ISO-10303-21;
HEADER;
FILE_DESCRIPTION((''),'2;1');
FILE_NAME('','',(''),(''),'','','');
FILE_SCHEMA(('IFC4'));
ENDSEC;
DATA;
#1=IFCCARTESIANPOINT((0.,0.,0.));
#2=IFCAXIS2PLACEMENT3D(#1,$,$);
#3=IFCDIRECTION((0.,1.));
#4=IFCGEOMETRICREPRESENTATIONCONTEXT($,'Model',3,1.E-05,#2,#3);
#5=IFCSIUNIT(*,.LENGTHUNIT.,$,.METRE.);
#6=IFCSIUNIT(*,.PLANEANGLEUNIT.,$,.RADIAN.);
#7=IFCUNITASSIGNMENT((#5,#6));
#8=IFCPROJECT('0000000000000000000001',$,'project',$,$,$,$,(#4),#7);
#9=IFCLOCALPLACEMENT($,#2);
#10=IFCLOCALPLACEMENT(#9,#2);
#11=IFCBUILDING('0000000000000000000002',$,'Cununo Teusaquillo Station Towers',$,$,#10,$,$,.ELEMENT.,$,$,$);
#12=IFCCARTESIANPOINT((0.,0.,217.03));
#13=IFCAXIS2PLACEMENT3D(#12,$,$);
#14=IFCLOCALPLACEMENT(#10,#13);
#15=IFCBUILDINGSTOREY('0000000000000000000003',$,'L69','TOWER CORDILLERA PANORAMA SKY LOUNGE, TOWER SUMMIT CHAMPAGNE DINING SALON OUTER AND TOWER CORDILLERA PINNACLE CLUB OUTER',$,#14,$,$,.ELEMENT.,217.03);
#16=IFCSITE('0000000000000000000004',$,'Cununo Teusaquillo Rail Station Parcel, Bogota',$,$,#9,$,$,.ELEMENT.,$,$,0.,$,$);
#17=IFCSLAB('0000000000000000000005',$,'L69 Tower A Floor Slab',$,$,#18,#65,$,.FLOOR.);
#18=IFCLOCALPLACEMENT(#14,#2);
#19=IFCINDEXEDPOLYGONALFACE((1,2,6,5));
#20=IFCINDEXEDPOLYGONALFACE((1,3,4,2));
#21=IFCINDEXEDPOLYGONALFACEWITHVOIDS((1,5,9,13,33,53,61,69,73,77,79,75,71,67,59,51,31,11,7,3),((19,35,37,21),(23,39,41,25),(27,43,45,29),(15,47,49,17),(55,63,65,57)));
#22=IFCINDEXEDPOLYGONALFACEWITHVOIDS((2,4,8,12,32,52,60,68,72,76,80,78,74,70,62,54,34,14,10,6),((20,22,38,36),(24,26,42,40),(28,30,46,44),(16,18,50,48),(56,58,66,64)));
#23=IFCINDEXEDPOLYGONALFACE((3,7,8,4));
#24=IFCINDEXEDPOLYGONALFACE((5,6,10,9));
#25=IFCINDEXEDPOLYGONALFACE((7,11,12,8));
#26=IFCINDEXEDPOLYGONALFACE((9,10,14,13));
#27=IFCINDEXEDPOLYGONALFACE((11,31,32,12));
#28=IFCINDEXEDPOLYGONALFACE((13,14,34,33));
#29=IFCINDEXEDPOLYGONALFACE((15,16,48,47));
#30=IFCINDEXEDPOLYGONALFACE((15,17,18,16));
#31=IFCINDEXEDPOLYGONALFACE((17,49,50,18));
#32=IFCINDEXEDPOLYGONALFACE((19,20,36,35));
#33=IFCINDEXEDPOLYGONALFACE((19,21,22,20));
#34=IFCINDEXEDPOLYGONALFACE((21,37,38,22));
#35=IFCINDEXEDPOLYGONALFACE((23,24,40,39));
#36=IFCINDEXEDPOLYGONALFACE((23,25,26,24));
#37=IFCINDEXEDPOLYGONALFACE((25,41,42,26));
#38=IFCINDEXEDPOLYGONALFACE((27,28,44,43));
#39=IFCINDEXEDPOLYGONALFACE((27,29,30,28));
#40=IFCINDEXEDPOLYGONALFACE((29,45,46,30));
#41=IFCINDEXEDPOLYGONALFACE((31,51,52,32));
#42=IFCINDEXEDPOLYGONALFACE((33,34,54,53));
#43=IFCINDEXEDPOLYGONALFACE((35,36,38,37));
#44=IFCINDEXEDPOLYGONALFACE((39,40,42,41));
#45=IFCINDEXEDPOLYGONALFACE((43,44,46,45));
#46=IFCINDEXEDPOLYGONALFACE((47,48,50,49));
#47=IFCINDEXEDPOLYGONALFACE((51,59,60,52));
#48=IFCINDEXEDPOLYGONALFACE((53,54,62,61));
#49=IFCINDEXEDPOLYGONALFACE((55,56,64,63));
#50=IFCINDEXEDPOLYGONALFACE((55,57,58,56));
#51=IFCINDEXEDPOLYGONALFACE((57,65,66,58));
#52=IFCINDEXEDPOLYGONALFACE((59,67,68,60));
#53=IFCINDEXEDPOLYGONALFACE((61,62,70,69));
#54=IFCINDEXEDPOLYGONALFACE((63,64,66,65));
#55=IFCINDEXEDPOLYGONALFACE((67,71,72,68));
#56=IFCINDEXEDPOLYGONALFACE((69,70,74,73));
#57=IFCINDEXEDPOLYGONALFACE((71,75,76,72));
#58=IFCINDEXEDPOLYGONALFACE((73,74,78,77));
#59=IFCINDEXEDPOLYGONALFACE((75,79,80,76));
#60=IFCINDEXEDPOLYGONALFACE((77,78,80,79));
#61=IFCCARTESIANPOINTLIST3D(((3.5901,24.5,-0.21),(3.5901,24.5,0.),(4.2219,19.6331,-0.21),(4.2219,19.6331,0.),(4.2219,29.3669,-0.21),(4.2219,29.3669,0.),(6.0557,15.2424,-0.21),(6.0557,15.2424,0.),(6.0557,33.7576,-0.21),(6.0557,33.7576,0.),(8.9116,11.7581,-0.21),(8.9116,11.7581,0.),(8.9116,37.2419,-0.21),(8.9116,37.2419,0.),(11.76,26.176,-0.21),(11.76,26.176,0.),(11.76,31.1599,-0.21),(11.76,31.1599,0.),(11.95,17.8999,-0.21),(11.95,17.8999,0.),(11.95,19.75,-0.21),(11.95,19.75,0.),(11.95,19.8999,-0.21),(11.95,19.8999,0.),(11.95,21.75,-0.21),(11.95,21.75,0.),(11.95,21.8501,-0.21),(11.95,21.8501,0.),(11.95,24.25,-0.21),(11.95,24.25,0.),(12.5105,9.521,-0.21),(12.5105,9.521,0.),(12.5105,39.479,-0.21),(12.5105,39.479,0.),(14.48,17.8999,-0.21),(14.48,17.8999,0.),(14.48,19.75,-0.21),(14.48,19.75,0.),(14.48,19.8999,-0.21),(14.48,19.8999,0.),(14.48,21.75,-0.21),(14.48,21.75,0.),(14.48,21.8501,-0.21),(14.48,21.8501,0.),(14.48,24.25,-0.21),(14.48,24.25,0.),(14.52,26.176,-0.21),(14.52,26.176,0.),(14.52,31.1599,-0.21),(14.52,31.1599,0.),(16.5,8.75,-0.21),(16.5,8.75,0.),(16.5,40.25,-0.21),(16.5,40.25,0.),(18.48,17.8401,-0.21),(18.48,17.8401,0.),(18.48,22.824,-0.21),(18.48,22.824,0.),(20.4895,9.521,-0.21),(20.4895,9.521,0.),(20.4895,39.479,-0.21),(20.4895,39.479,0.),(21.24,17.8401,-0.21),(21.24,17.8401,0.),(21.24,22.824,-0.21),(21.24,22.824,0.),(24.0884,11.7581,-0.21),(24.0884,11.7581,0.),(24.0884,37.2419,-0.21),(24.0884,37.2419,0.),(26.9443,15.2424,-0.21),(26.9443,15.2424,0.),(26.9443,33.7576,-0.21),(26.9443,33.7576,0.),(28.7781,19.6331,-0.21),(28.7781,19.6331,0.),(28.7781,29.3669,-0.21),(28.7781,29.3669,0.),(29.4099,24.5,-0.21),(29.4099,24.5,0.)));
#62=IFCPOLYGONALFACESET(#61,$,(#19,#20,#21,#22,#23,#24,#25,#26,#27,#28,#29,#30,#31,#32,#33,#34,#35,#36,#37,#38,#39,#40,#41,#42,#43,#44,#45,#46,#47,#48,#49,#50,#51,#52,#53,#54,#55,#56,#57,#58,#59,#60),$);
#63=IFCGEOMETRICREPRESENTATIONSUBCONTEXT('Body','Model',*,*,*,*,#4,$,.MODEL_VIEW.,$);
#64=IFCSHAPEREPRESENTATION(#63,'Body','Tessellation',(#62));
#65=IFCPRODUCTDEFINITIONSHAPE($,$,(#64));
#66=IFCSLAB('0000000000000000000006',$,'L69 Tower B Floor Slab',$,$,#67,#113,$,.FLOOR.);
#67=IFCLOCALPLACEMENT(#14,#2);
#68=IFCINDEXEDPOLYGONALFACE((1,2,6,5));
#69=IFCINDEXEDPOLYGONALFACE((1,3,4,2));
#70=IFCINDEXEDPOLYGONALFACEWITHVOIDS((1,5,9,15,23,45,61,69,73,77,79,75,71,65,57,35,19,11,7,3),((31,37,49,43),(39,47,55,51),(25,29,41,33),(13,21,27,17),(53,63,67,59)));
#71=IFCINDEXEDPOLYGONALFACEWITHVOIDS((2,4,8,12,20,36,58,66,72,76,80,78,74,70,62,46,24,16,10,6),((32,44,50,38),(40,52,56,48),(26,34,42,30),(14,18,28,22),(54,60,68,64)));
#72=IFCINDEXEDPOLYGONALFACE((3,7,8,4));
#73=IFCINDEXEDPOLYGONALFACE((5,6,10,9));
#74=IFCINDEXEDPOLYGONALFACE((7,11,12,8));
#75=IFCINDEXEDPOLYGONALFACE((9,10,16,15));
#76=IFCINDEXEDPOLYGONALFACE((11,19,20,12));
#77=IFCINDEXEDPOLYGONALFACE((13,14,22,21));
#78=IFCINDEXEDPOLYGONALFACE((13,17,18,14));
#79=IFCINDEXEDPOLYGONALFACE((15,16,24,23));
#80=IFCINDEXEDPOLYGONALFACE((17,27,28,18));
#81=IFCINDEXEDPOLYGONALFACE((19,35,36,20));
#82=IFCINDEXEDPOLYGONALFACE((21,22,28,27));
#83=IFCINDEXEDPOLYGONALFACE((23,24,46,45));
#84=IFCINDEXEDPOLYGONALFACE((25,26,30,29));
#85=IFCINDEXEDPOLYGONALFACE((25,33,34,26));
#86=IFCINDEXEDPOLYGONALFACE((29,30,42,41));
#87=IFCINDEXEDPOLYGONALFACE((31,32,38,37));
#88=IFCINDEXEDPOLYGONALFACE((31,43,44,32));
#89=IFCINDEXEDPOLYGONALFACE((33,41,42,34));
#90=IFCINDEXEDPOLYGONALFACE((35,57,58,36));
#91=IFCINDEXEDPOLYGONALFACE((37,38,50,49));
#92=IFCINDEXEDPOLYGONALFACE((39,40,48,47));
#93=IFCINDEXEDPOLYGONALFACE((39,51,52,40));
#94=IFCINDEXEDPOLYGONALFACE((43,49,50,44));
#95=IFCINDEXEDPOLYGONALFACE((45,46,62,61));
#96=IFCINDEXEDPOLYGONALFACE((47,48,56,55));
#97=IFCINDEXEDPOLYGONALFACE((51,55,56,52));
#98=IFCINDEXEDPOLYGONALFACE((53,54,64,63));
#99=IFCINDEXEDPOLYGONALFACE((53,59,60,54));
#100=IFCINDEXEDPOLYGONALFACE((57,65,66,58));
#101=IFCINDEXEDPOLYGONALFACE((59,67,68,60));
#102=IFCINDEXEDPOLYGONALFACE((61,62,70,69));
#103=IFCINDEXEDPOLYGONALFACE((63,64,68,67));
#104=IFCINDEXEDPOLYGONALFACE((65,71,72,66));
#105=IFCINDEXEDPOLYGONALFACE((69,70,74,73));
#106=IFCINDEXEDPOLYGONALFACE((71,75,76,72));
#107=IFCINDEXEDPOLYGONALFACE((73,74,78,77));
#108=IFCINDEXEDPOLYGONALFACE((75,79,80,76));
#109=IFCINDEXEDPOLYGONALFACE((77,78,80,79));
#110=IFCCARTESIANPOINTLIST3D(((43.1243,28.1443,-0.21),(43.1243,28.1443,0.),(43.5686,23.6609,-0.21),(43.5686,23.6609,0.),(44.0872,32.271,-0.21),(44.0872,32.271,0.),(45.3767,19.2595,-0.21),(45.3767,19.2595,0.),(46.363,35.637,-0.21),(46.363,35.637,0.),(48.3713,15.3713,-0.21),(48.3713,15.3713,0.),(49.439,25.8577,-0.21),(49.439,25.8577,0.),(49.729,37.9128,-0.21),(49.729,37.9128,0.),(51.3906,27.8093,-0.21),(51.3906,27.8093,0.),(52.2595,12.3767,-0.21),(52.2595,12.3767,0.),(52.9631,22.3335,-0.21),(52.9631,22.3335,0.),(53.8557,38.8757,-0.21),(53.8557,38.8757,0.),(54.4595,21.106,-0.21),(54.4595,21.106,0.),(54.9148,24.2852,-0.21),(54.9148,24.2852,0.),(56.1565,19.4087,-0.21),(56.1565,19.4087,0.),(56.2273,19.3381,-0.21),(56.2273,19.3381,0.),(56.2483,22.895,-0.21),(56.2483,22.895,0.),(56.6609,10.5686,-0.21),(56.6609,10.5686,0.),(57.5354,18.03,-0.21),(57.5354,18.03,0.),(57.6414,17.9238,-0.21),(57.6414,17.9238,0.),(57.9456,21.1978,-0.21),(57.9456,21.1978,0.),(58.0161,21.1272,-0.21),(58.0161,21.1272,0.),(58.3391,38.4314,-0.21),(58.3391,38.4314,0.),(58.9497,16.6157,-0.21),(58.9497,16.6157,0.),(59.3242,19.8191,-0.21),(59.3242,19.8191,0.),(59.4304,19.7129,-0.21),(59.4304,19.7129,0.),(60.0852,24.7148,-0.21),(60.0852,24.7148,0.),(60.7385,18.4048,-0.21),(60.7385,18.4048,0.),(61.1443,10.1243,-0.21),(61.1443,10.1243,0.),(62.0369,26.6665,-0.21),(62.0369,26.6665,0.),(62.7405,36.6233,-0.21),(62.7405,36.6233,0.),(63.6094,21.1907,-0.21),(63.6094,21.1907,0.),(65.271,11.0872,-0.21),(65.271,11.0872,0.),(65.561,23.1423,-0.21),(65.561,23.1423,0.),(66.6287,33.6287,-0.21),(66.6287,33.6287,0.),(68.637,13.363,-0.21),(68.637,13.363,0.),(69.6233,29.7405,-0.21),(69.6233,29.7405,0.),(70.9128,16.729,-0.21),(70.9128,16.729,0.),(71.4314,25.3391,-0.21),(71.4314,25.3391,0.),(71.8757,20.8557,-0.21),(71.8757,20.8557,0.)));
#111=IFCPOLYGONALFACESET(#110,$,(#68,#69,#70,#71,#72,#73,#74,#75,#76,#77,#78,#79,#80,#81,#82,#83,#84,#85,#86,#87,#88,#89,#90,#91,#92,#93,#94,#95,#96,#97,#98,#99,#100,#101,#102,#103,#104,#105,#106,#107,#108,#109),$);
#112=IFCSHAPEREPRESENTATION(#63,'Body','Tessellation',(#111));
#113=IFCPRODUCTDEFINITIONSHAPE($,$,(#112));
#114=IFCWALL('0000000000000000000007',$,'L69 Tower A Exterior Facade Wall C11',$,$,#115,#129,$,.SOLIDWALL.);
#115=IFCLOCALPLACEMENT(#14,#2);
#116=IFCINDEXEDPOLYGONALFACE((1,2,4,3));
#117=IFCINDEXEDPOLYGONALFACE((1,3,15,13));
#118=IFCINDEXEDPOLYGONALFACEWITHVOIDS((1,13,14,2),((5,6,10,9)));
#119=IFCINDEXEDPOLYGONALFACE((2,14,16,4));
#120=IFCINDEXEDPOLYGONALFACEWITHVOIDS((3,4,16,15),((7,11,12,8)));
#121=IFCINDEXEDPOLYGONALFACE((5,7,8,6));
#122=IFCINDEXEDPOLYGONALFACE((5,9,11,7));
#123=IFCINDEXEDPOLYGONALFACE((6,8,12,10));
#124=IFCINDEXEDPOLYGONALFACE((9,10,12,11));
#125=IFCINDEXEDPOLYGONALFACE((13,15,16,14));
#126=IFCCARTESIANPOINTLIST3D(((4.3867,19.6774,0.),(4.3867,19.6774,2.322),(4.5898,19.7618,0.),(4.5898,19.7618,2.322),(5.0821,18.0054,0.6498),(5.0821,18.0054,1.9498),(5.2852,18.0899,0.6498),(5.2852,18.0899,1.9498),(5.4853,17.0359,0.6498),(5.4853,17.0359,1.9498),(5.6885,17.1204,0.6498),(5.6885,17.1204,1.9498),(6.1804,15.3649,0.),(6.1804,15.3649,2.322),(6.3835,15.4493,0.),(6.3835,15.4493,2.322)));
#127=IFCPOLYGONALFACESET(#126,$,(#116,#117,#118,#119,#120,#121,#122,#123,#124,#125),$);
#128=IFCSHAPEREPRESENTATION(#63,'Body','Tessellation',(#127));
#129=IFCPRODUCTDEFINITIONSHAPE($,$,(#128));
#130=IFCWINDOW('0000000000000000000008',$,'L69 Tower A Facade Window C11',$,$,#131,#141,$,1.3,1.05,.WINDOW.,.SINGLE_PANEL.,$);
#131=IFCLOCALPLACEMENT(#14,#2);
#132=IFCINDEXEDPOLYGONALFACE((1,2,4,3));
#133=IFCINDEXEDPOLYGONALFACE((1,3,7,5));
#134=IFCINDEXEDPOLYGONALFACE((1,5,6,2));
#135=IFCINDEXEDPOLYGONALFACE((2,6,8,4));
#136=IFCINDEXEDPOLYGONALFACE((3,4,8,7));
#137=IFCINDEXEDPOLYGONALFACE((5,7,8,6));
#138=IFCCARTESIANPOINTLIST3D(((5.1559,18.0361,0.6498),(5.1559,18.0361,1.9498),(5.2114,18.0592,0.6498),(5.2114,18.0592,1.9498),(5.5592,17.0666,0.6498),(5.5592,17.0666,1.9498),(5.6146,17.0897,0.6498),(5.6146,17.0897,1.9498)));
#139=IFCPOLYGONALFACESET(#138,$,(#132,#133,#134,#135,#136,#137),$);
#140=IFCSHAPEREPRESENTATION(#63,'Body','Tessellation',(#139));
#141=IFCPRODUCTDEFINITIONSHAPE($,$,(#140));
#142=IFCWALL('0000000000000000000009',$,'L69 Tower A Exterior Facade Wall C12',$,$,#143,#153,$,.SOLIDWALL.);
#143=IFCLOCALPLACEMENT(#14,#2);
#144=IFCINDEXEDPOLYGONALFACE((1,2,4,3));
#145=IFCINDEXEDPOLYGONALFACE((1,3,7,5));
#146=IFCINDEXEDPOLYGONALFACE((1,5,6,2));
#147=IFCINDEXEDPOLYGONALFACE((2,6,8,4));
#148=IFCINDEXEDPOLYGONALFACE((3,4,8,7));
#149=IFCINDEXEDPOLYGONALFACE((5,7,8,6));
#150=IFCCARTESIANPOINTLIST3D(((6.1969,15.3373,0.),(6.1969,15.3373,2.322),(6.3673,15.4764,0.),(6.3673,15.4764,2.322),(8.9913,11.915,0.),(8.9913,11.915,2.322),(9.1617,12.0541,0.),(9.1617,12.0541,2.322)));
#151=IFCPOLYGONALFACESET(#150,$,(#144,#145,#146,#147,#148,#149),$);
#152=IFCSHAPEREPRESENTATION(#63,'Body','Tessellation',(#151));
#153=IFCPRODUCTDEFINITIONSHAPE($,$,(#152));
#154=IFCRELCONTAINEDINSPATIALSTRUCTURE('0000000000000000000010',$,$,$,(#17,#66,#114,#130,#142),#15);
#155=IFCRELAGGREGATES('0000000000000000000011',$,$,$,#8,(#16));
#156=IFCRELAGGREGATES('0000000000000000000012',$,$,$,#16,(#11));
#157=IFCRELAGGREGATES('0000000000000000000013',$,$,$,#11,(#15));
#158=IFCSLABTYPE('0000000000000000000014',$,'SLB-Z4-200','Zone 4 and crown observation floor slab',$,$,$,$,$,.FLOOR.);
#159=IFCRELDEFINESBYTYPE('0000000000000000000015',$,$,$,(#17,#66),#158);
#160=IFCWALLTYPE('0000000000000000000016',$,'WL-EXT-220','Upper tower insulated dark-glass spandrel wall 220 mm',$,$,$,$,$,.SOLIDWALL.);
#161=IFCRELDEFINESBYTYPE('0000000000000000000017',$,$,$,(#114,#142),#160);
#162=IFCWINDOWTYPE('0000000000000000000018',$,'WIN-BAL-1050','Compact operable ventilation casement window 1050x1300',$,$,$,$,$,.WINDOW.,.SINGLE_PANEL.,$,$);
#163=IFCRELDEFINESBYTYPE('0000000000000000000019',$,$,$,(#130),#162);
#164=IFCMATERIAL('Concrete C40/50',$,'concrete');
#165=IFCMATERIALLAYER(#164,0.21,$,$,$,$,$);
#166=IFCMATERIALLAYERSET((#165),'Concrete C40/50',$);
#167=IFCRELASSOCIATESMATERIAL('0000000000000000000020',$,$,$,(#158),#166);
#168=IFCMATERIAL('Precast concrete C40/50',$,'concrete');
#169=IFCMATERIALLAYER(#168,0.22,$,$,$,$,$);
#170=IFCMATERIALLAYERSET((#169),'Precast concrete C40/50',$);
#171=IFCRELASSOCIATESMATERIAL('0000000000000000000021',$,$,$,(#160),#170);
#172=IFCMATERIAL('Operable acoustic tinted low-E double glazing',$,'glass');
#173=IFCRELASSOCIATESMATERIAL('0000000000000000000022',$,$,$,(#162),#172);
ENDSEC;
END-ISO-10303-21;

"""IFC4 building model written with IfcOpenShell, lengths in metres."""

from ifc_helpers import new_model, si_unit, direction, frame, frame_2d, origin, place, context, subcontext, project, spatial, polyline, rectangle, outline, extrude, source, transform, mapped, material, layer, layer_set, type_object, element, fill, save


model = new_model("IFC4")

# Units and contexts
model_context = context("Model", 3, precision=1e-05, world=origin(), true_north=direction((0.0, 1.0)))
body_context = subcontext(model_context, "Body", "Model", "MODEL_VIEW")
ifc_project = project(units=[si_unit("LENGTHUNIT", "METRE"), si_unit("PLANEANGLEUNIT", "RADIAN")], contexts=[model_context])

# Site, building, storey
site_placement = place(None, origin())
site = spatial("IfcSite", under=ifc_project, at=site_placement, Name="Cununo Teusaquillo Rail Station Parcel, Bogota", CompositionType="ELEMENT", RefElevation=0.0)
building_placement = place(site_placement, origin())
building = spatial("IfcBuilding", under=site, at=building_placement, Name="Cununo Teusaquillo Station Towers", CompositionType="ELEMENT")
storey_placement = place(building_placement, frame((0.0, 0.0, 217.03)))
storey = spatial("IfcBuildingStorey", under=building, at=storey_placement, Name="L69", Description="TOWER CORDILLERA PANORAMA SKY LOUNGE, TOWER SUMMIT CHAMPAGNE DINING SALON OUTER AND TOWER CORDILLERA PINNACLE CLUB OUTER", CompositionType="ELEMENT", Elevation=217.03)

# Slabs
ifc_material_1 = material(Name="Concrete C40/50", Category="concrete")
ifc_layer_1 = layer(ifc_material_1, 0.21)
ifc_layer_set_1 = layer_set([ifc_layer_1], Name="Concrete C40/50")
slab_type_1 = type_object("IfcSlabType", Name="SLB-Z4-200", Description="Zone 4 and crown observation floor slab", PredefinedType="FLOOR", material=ifc_layer_set_1)
slab_1_placement = place(storey_placement, frame((0.0, 0.0, -0.21)))
element("IfcSlab", 1, at=slab_1_placement, inside=storey, type_object=slab_type_1, Name="L69 Tower A Floor Slab", PredefinedType="FLOOR", context=body_context, shape_type="SweptSolid", body=[
    extrude(outline(polyline([(29.4099, 24.5), (28.7781, 29.3669), (26.9443, 33.7576), (24.0884, 37.2419), (20.4895, 39.479), (16.5, 40.25), (12.5105, 39.479), (8.9116, 37.2419), (6.0557, 33.7576), (4.2219, 29.3669), (3.5901, 24.5), (4.2219, 19.6331), (6.0557, 15.2424), (8.9116, 11.7581), (12.5105, 9.521), (16.5, 8.75), (20.4895, 9.521), (24.0884, 11.7581), (26.9443, 15.2424), (28.7781, 19.6331), (29.4099, 24.5)]), holes=[polyline([(14.52, 26.176), (14.52, 31.1599), (11.76, 31.1599), (11.76, 26.176), (14.52, 26.176)]), polyline([(18.48, 22.824), (18.48, 17.8401), (21.24, 17.8401), (21.24, 22.824), (18.48, 22.824)]), polyline([(11.95, 21.8501), (14.48, 21.8501), (14.48, 24.25), (11.95, 24.25), (11.95, 21.8501)]), polyline([(11.95, 17.8999), (14.48, 17.8999), (14.48, 19.75), (11.95, 19.75), (11.95, 17.8999)]), polyline([(11.95, 19.8999), (14.48, 19.8999), (14.48, 21.75), (11.95, 21.75), (11.95, 19.8999)])]), origin(), (0.0, 0.0, 1.0), 0.21),
])
slab_2_placement = place(storey_placement, frame((0.0, 0.0, -0.21)))
element("IfcSlab", 2, at=slab_2_placement, inside=storey, type_object=slab_type_1, Name="L69 Tower B Floor Slab", PredefinedType="FLOOR", context=body_context, shape_type="SweptSolid", body=[
    extrude(outline(polyline([(66.6287, 33.6287), (62.7405, 36.6233), (58.3391, 38.4314), (53.8557, 38.8757), (49.729, 37.9128), (46.363, 35.637), (44.0872, 32.271), (43.1243, 28.1443), (43.5686, 23.6609), (45.3767, 19.2595), (48.3713, 15.3713), (52.2595, 12.3767), (56.6609, 10.5686), (61.1443, 10.1243), (65.271, 11.0872), (68.637, 13.363), (70.9128, 16.729), (71.8757, 20.8557), (71.4314, 25.3391), (69.6233, 29.7405), (66.6287, 33.6287)]), holes=[polyline([(54.9148, 24.2852), (51.3906, 27.8093), (49.439, 25.8577), (52.9631, 22.3335), (54.9148, 24.2852)]), polyline([(60.0852, 24.7148), (63.6094, 21.1907), (65.561, 23.1423), (62.0369, 26.6665), (60.0852, 24.7148)]), polyline([(56.1565, 19.4087), (57.9456, 21.1978), (56.2483, 22.895), (54.4595, 21.106), (56.1565, 19.4087)]), polyline([(58.9497, 16.6157), (60.7385, 18.4048), (59.4304, 19.7129), (57.6414, 17.9238), (58.9497, 16.6157)]), polyline([(57.5354, 18.03), (59.3242, 19.8191), (58.0161, 21.1272), (56.2273, 19.3381), (57.5354, 18.03)])]), origin(), (0.0, 0.0, 1.0), 0.21),
])

# Wall, opening, window
ifc_material_2 = material(Name="Precast concrete C40/50", Category="concrete")
ifc_layer_2 = layer(ifc_material_2, 0.22)
ifc_layer_set_2 = layer_set([ifc_layer_2], Name="Precast concrete C40/50")
wall_type_1 = type_object("IfcWallType", Name="WL-EXT-220", Description="Upper tower insulated dark-glass spandrel wall 220 mm", PredefinedType="SOLIDWALL", material=ifc_layer_set_2)
wall_1_placement = place(storey_placement, frame((6.282, 15.407, 0.0), z_axis=(0.0, 0.0, 1.0), x_axis=(-0.384036, 0.923318, 0.0)))
wall_1 = element("IfcWall", 3, at=wall_1_placement, inside=storey, type_object=wall_type_1, Name="L69 Tower A Exterior Facade Wall C11", PredefinedType="SOLIDWALL", context=body_context, shape_type="SweptSolid", body=[
    extrude(rectangle(XDim=4.6707, YDim=0.22, at=frame_2d((2.3354, 0.0))), origin(), (0.0, 0.0, 1.0), 2.322),
])
shared_shape_1 = source(origin(), body_context, "Body", "SweptSolid", [
    extrude(rectangle(XDim=1.05, YDim=1.3, at=frame_2d((0.5249, 0.6499))), frame((0.0, 0.1199, 0.0), z_axis=(0.0, -1.0, 0.0), x_axis=(1.0, 0.0, 0.0)), (0.0, 0.0, 1.0), 0.24),
])
opening_1_placement = place(wall_1_placement, frame((1.8101, 0.0, 0.6499)))
opening_1 = element("IfcOpeningElement", 4, at=opening_1_placement, cuts=wall_1, PredefinedType="OPENING", context=body_context, shape_type="MappedRepresentation", body=[
    mapped(shared_shape_1, transform((0.0, 0.0, 0.0), x_axis=(1.0, 0.0, 0.0), y_axis=(0.0, 1.0, 0.0), z_axis=(0.0, 0.0, 1.0), scale=1.0)),
])
ifc_material_3 = material(Name="Operable acoustic tinted low-E double glazing", Category="glass")
window_type = type_object("IfcWindowType", Name="WIN-BAL-1050", Description="Compact operable ventilation casement window 1050x1300", PartitioningType="SINGLE_PANEL", PredefinedType="WINDOW", material=ifc_material_3)
shared_shape_2 = source(origin(), body_context, "Body", "SweptSolid", [
    extrude(rectangle(XDim=1.05, YDim=1.3, at=frame_2d((0.5249, 0.6499))), frame((0.0, 0.03, 0.0), z_axis=(0.0, -1.0, 0.0), x_axis=(1.0, 0.0, 0.0)), (0.0, 0.0, 1.0), 0.0601),
])
window_1_placement = place(opening_1_placement, origin())
window_1 = element("IfcWindow", 5, at=window_1_placement, inside=storey, type_object=window_type, Name="L69 Tower A Facade Window C11", OverallHeight=1.3, OverallWidth=1.05, PartitioningType="SINGLE_PANEL", PredefinedType="WINDOW", context=body_context, shape_type="MappedRepresentation", body=[
    mapped(shared_shape_2, transform((0.0, 0.0, 0.0), x_axis=(1.0, 0.0, 0.0), y_axis=(0.0, 1.0, 0.0), z_axis=(0.0, 0.0, 1.0), scale=1.0)),
])
fill(opening_1, window_1)

# Wall
wall_2_placement = place(storey_placement, frame((9.0764, 11.9846, 0.0), z_axis=(0.0, 0.0, 1.0), x_axis=(-0.632467, 0.774587, 0.0)))
element("IfcWall", 6, at=wall_2_placement, inside=storey, type_object=wall_type_1, Name="L69 Tower A Exterior Facade Wall C12", PredefinedType="SOLIDWALL", context=body_context, shape_type="SweptSolid", body=[
    extrude(rectangle(XDim=4.4182, YDim=0.22, at=frame_2d((2.209, 0.0))), origin(), (0.0, 0.0, 1.0), 2.322),
])

save(model, "model.ifc")
